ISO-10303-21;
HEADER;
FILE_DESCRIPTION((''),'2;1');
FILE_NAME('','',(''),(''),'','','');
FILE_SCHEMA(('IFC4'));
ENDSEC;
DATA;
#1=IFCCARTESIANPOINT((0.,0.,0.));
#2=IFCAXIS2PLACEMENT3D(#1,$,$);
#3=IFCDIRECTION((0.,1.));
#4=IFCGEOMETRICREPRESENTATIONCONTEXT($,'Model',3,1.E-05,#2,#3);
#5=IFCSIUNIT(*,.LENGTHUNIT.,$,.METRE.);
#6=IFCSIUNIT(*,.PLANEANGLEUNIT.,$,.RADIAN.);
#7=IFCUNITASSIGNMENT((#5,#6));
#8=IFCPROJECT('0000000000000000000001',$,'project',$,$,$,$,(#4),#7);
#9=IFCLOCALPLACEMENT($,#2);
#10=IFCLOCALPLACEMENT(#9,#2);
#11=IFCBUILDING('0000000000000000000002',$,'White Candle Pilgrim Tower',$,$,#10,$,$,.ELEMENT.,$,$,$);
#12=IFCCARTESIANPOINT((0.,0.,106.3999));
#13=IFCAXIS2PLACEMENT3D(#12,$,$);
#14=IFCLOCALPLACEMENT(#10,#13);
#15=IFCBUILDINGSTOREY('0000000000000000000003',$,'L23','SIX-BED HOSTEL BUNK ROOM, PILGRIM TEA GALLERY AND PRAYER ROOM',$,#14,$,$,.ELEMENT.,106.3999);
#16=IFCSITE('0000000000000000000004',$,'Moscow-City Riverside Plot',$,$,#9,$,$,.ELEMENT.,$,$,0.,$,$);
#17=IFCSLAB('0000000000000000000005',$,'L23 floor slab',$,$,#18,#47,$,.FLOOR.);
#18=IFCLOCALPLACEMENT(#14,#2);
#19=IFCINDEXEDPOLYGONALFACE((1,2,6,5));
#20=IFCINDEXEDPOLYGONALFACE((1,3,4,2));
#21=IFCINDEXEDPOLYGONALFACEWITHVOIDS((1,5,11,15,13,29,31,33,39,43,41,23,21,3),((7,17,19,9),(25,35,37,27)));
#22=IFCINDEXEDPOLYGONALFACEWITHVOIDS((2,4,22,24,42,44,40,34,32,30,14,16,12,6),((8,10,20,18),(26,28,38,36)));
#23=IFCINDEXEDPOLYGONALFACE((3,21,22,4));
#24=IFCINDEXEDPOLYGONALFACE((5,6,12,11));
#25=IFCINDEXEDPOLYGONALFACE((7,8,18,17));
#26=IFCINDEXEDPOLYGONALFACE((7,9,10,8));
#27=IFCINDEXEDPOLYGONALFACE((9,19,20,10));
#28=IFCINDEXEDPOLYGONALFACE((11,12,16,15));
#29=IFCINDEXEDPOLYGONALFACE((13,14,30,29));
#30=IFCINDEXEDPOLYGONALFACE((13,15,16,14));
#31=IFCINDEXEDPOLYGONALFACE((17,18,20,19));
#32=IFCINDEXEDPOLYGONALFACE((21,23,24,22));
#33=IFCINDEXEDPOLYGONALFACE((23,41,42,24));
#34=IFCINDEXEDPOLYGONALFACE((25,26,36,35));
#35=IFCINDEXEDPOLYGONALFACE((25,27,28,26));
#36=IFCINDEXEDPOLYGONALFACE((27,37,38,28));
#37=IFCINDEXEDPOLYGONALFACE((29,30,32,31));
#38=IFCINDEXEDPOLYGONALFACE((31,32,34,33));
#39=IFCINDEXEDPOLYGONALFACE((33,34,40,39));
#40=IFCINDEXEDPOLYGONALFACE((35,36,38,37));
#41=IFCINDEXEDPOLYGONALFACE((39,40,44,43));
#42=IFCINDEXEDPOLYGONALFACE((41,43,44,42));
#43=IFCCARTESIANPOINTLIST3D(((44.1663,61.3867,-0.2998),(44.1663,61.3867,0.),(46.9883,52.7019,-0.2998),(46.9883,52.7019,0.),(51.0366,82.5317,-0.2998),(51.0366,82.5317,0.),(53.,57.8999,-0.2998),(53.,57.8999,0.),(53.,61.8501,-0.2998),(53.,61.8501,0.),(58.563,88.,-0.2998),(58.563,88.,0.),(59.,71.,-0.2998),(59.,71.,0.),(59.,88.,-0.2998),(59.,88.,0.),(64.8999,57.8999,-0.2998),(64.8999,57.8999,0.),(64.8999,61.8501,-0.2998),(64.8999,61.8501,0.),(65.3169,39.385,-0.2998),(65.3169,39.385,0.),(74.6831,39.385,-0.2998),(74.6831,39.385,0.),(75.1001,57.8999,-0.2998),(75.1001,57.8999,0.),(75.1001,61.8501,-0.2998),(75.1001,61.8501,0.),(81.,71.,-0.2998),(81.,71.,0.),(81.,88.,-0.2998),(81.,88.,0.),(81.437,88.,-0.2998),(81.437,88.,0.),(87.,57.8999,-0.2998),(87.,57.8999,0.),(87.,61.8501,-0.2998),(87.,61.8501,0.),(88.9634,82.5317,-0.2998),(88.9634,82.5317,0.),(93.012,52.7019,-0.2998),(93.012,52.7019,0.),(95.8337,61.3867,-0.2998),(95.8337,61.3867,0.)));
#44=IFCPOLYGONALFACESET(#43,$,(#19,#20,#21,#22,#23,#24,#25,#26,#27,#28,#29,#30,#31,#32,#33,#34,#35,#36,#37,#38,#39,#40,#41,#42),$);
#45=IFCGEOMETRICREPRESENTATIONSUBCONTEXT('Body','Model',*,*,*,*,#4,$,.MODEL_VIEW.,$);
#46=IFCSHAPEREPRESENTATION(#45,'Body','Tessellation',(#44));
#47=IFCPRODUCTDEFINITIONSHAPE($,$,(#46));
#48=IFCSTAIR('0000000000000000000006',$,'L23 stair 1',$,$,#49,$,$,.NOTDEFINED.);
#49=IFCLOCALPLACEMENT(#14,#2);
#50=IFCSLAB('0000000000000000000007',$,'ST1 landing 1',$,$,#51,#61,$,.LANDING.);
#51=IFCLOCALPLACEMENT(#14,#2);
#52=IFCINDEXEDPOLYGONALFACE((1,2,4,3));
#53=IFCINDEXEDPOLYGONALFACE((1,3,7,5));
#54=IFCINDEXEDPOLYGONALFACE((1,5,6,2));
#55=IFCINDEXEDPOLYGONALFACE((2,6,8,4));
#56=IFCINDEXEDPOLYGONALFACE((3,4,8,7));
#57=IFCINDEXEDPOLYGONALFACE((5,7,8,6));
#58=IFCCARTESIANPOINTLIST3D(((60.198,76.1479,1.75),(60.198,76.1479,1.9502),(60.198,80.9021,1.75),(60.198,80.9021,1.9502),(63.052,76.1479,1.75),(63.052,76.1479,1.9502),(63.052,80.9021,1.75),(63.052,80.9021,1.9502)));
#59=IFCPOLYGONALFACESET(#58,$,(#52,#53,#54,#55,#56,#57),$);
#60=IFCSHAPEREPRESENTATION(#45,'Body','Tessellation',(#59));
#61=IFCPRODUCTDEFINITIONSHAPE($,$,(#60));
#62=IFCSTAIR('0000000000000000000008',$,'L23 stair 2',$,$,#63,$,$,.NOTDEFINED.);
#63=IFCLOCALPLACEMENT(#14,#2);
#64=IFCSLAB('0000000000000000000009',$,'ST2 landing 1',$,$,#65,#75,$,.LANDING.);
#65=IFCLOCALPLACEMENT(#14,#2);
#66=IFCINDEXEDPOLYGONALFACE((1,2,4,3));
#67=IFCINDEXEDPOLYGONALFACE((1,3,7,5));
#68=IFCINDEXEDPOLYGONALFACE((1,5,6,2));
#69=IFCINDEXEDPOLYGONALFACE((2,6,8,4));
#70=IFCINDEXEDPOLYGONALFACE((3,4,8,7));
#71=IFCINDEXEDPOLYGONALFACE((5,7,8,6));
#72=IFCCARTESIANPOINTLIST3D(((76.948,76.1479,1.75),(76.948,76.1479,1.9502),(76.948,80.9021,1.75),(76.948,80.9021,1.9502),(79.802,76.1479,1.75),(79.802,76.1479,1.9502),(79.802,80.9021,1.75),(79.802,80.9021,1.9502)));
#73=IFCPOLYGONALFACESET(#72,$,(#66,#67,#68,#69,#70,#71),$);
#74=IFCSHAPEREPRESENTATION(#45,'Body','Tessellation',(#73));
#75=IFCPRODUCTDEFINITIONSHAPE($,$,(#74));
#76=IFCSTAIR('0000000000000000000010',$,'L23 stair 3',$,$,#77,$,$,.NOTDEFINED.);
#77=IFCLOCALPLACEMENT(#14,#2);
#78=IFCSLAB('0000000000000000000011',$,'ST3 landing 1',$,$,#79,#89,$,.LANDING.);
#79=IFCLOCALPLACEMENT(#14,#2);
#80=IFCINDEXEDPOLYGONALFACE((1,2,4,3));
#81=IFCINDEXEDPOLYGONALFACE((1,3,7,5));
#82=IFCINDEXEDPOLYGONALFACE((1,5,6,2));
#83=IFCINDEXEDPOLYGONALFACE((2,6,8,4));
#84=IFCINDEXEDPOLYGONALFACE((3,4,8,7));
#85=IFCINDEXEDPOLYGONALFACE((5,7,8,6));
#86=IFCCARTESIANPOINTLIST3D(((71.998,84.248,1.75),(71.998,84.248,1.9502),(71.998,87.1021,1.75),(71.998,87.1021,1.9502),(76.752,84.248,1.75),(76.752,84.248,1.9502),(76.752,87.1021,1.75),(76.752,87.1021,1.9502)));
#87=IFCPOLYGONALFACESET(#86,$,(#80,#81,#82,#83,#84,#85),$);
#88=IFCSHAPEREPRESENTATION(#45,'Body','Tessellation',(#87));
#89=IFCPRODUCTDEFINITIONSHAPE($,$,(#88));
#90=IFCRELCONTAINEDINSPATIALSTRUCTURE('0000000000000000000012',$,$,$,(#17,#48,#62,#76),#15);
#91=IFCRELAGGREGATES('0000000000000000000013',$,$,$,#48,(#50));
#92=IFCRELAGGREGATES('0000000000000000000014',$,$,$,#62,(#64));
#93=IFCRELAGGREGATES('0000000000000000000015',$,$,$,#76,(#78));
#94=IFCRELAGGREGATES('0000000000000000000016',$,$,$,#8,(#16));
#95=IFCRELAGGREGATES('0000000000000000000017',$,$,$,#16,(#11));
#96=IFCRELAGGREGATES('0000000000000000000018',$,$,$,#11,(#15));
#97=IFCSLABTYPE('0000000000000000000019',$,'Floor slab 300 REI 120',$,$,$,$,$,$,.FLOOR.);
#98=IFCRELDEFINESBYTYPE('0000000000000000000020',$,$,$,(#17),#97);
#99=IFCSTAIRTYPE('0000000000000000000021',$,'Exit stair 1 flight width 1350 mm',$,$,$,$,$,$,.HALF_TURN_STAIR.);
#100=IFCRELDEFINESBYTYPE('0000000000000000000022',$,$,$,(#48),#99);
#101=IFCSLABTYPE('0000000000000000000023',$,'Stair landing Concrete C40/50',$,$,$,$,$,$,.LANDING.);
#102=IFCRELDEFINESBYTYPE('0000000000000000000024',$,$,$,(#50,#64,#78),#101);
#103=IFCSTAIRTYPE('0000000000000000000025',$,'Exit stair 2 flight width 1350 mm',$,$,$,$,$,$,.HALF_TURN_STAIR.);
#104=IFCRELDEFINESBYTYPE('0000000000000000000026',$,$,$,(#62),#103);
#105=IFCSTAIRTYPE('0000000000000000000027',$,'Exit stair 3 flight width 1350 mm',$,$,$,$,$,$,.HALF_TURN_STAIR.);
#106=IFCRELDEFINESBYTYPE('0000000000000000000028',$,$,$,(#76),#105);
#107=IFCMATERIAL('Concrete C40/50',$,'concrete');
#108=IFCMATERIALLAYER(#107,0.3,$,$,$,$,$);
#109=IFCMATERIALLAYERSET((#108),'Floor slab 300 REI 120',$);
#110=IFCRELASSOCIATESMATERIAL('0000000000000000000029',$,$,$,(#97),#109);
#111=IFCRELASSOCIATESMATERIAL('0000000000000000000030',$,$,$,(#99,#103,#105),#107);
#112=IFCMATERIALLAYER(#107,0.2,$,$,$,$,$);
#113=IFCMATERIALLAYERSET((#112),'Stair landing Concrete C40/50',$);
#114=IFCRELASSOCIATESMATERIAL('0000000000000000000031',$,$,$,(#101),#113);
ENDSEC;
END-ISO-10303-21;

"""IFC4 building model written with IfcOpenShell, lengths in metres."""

from ifc_helpers import new_model, si_unit, direction, frame, origin, place, context, subcontext, project, spatial, polyline, outline, extrude, material, layer, layer_set, type_object, element, aggregate, save


model = new_model("IFC4")

# Units and contexts
model_context = context("Model", 3, precision=1e-05, world=origin(), true_north=direction((0.0, 1.0)))
body_context = subcontext(model_context, "Body", "Model", "MODEL_VIEW")
ifc_project = project(units=[si_unit("LENGTHUNIT", "METRE"), si_unit("PLANEANGLEUNIT", "RADIAN")], contexts=[model_context])

# Site, building, storey
site_placement = place(None, origin())
site = spatial("IfcSite", under=ifc_project, at=site_placement, Name="Moscow-City Riverside Plot", CompositionType="ELEMENT", RefElevation=0.0)
building_placement = place(site_placement, origin())
building = spatial("IfcBuilding", under=site, at=building_placement, Name="White Candle Pilgrim Tower", CompositionType="ELEMENT")
storey_placement = place(building_placement, frame((0.0, 0.0, 106.3999)))
storey = spatial("IfcBuildingStorey", under=building, at=storey_placement, Name="L23", Description="SIX-BED HOSTEL BUNK ROOM, PILGRIM TEA GALLERY AND PRAYER ROOM", CompositionType="ELEMENT", Elevation=106.3999)

# Slab
ifc_material = material(Name="Concrete C40/50", Category="concrete")
ifc_layer_1 = layer(ifc_material, 0.3)
ifc_layer_set_1 = layer_set([ifc_layer_1], Name="Floor slab 300 REI 120")
slab_type_1 = type_object("IfcSlabType", Name="Floor slab 300 REI 120", PredefinedType="FLOOR", material=ifc_layer_set_1)
slab_1_placement = place(storey_placement, frame((0.0, 0.0, -0.2998)))
element("IfcSlab", 1, at=slab_1_placement, inside=storey, type_object=slab_type_1, Name="L23 floor slab", PredefinedType="FLOOR", context=body_context, shape_type="SweptSolid", body=[
    extrude(outline(polyline([(65.3169, 39.385), (74.6831, 39.385), (93.012, 52.7019), (95.8337, 61.3867), (88.9634, 82.5317), (81.437, 88.0), (81.0, 88.0), (81.0, 71.0), (59.0, 71.0), (59.0, 88.0), (58.563, 88.0), (51.0366, 82.5317), (44.1663, 61.3867), (46.9883, 52.7019), (65.3169, 39.385)]), holes=[polyline([(53.0, 57.8999), (53.0, 61.8501), (64.8999, 61.8501), (64.8999, 57.8999), (53.0, 57.8999)]), polyline([(75.1001, 57.8999), (75.1001, 61.8501), (87.0, 61.8501), (87.0, 57.8999), (75.1001, 57.8999)])]), origin(), (0.0, 0.0, 1.0), 0.2998),
])

# Stairs, slabs
stair_type_1 = type_object("IfcStairType", Name="Exit stair 1 flight width 1350 mm", PredefinedType="HALF_TURN_STAIR", material=ifc_material)
stair_1_placement = place(storey_placement, origin())
stair_1 = element("IfcStair", 2, at=stair_1_placement, inside=storey, type_object=stair_type_1, Name="L23 stair 1", PredefinedType="NOTDEFINED")
ifc_layer_2 = layer(ifc_material, 0.2)
ifc_layer_set_2 = layer_set([ifc_layer_2], Name="Stair landing Concrete C40/50")
slab_type_2 = type_object("IfcSlabType", Name="Stair landing Concrete C40/50", PredefinedType="LANDING", material=ifc_layer_set_2)
slab_2_placement = place(storey_placement, frame((0.0, 0.0, 1.75)))
slab_2 = element("IfcSlab", 3, at=slab_2_placement, type_object=slab_type_2, Name="ST1 landing 1", PredefinedType="LANDING", context=body_context, shape_type="SweptSolid", body=[
    extrude(outline(polyline([(63.052, 76.1479), (60.198, 76.1479), (60.198, 80.9021), (63.052, 80.9021), (63.052, 76.1479)])), origin(), (0.0, 0.0, 1.0), 0.2002),
])
aggregate(stair_1, [slab_2])
stair_type_2 = type_object("IfcStairType", Name="Exit stair 2 flight width 1350 mm", PredefinedType="HALF_TURN_STAIR", material=ifc_material)
stair_2_placement = place(storey_placement, origin())
stair_2 = element("IfcStair", 4, at=stair_2_placement, inside=storey, type_object=stair_type_2, Name="L23 stair 2", PredefinedType="NOTDEFINED")
slab_3_placement = place(storey_placement, frame((0.0, 0.0, 1.75)))
slab_3 = element("IfcSlab", 5, at=slab_3_placement, type_object=slab_type_2, Name="ST2 landing 1", PredefinedType="LANDING", context=body_context, shape_type="SweptSolid", body=[
    extrude(outline(polyline([(79.802, 76.1479), (76.948, 76.1479), (76.948, 80.9021), (79.802, 80.9021), (79.802, 76.1479)])), origin(), (0.0, 0.0, 1.0), 0.2002),
])
aggregate(stair_2, [slab_3])
stair_type_3 = type_object("IfcStairType", Name="Exit stair 3 flight width 1350 mm", PredefinedType="HALF_TURN_STAIR", material=ifc_material)
stair_3_placement = place(storey_placement, origin())
stair_3 = element("IfcStair", 6, at=stair_3_placement, inside=storey, type_object=stair_type_3, Name="L23 stair 3", PredefinedType="NOTDEFINED")
slab_4_placement = place(storey_placement, frame((0.0, 0.0, 1.75)))
slab_4 = element("IfcSlab", 7, at=slab_4_placement, type_object=slab_type_2, Name="ST3 landing 1", PredefinedType="LANDING", context=body_context, shape_type="SweptSolid", body=[
    extrude(outline(polyline([(71.998, 84.248), (71.998, 87.1021), (76.752, 87.1021), (76.752, 84.248), (71.998, 84.248)])), origin(), (0.0, 0.0, 1.0), 0.2002),
])
aggregate(stair_3, [slab_4])

save(model, "model.ifc")
